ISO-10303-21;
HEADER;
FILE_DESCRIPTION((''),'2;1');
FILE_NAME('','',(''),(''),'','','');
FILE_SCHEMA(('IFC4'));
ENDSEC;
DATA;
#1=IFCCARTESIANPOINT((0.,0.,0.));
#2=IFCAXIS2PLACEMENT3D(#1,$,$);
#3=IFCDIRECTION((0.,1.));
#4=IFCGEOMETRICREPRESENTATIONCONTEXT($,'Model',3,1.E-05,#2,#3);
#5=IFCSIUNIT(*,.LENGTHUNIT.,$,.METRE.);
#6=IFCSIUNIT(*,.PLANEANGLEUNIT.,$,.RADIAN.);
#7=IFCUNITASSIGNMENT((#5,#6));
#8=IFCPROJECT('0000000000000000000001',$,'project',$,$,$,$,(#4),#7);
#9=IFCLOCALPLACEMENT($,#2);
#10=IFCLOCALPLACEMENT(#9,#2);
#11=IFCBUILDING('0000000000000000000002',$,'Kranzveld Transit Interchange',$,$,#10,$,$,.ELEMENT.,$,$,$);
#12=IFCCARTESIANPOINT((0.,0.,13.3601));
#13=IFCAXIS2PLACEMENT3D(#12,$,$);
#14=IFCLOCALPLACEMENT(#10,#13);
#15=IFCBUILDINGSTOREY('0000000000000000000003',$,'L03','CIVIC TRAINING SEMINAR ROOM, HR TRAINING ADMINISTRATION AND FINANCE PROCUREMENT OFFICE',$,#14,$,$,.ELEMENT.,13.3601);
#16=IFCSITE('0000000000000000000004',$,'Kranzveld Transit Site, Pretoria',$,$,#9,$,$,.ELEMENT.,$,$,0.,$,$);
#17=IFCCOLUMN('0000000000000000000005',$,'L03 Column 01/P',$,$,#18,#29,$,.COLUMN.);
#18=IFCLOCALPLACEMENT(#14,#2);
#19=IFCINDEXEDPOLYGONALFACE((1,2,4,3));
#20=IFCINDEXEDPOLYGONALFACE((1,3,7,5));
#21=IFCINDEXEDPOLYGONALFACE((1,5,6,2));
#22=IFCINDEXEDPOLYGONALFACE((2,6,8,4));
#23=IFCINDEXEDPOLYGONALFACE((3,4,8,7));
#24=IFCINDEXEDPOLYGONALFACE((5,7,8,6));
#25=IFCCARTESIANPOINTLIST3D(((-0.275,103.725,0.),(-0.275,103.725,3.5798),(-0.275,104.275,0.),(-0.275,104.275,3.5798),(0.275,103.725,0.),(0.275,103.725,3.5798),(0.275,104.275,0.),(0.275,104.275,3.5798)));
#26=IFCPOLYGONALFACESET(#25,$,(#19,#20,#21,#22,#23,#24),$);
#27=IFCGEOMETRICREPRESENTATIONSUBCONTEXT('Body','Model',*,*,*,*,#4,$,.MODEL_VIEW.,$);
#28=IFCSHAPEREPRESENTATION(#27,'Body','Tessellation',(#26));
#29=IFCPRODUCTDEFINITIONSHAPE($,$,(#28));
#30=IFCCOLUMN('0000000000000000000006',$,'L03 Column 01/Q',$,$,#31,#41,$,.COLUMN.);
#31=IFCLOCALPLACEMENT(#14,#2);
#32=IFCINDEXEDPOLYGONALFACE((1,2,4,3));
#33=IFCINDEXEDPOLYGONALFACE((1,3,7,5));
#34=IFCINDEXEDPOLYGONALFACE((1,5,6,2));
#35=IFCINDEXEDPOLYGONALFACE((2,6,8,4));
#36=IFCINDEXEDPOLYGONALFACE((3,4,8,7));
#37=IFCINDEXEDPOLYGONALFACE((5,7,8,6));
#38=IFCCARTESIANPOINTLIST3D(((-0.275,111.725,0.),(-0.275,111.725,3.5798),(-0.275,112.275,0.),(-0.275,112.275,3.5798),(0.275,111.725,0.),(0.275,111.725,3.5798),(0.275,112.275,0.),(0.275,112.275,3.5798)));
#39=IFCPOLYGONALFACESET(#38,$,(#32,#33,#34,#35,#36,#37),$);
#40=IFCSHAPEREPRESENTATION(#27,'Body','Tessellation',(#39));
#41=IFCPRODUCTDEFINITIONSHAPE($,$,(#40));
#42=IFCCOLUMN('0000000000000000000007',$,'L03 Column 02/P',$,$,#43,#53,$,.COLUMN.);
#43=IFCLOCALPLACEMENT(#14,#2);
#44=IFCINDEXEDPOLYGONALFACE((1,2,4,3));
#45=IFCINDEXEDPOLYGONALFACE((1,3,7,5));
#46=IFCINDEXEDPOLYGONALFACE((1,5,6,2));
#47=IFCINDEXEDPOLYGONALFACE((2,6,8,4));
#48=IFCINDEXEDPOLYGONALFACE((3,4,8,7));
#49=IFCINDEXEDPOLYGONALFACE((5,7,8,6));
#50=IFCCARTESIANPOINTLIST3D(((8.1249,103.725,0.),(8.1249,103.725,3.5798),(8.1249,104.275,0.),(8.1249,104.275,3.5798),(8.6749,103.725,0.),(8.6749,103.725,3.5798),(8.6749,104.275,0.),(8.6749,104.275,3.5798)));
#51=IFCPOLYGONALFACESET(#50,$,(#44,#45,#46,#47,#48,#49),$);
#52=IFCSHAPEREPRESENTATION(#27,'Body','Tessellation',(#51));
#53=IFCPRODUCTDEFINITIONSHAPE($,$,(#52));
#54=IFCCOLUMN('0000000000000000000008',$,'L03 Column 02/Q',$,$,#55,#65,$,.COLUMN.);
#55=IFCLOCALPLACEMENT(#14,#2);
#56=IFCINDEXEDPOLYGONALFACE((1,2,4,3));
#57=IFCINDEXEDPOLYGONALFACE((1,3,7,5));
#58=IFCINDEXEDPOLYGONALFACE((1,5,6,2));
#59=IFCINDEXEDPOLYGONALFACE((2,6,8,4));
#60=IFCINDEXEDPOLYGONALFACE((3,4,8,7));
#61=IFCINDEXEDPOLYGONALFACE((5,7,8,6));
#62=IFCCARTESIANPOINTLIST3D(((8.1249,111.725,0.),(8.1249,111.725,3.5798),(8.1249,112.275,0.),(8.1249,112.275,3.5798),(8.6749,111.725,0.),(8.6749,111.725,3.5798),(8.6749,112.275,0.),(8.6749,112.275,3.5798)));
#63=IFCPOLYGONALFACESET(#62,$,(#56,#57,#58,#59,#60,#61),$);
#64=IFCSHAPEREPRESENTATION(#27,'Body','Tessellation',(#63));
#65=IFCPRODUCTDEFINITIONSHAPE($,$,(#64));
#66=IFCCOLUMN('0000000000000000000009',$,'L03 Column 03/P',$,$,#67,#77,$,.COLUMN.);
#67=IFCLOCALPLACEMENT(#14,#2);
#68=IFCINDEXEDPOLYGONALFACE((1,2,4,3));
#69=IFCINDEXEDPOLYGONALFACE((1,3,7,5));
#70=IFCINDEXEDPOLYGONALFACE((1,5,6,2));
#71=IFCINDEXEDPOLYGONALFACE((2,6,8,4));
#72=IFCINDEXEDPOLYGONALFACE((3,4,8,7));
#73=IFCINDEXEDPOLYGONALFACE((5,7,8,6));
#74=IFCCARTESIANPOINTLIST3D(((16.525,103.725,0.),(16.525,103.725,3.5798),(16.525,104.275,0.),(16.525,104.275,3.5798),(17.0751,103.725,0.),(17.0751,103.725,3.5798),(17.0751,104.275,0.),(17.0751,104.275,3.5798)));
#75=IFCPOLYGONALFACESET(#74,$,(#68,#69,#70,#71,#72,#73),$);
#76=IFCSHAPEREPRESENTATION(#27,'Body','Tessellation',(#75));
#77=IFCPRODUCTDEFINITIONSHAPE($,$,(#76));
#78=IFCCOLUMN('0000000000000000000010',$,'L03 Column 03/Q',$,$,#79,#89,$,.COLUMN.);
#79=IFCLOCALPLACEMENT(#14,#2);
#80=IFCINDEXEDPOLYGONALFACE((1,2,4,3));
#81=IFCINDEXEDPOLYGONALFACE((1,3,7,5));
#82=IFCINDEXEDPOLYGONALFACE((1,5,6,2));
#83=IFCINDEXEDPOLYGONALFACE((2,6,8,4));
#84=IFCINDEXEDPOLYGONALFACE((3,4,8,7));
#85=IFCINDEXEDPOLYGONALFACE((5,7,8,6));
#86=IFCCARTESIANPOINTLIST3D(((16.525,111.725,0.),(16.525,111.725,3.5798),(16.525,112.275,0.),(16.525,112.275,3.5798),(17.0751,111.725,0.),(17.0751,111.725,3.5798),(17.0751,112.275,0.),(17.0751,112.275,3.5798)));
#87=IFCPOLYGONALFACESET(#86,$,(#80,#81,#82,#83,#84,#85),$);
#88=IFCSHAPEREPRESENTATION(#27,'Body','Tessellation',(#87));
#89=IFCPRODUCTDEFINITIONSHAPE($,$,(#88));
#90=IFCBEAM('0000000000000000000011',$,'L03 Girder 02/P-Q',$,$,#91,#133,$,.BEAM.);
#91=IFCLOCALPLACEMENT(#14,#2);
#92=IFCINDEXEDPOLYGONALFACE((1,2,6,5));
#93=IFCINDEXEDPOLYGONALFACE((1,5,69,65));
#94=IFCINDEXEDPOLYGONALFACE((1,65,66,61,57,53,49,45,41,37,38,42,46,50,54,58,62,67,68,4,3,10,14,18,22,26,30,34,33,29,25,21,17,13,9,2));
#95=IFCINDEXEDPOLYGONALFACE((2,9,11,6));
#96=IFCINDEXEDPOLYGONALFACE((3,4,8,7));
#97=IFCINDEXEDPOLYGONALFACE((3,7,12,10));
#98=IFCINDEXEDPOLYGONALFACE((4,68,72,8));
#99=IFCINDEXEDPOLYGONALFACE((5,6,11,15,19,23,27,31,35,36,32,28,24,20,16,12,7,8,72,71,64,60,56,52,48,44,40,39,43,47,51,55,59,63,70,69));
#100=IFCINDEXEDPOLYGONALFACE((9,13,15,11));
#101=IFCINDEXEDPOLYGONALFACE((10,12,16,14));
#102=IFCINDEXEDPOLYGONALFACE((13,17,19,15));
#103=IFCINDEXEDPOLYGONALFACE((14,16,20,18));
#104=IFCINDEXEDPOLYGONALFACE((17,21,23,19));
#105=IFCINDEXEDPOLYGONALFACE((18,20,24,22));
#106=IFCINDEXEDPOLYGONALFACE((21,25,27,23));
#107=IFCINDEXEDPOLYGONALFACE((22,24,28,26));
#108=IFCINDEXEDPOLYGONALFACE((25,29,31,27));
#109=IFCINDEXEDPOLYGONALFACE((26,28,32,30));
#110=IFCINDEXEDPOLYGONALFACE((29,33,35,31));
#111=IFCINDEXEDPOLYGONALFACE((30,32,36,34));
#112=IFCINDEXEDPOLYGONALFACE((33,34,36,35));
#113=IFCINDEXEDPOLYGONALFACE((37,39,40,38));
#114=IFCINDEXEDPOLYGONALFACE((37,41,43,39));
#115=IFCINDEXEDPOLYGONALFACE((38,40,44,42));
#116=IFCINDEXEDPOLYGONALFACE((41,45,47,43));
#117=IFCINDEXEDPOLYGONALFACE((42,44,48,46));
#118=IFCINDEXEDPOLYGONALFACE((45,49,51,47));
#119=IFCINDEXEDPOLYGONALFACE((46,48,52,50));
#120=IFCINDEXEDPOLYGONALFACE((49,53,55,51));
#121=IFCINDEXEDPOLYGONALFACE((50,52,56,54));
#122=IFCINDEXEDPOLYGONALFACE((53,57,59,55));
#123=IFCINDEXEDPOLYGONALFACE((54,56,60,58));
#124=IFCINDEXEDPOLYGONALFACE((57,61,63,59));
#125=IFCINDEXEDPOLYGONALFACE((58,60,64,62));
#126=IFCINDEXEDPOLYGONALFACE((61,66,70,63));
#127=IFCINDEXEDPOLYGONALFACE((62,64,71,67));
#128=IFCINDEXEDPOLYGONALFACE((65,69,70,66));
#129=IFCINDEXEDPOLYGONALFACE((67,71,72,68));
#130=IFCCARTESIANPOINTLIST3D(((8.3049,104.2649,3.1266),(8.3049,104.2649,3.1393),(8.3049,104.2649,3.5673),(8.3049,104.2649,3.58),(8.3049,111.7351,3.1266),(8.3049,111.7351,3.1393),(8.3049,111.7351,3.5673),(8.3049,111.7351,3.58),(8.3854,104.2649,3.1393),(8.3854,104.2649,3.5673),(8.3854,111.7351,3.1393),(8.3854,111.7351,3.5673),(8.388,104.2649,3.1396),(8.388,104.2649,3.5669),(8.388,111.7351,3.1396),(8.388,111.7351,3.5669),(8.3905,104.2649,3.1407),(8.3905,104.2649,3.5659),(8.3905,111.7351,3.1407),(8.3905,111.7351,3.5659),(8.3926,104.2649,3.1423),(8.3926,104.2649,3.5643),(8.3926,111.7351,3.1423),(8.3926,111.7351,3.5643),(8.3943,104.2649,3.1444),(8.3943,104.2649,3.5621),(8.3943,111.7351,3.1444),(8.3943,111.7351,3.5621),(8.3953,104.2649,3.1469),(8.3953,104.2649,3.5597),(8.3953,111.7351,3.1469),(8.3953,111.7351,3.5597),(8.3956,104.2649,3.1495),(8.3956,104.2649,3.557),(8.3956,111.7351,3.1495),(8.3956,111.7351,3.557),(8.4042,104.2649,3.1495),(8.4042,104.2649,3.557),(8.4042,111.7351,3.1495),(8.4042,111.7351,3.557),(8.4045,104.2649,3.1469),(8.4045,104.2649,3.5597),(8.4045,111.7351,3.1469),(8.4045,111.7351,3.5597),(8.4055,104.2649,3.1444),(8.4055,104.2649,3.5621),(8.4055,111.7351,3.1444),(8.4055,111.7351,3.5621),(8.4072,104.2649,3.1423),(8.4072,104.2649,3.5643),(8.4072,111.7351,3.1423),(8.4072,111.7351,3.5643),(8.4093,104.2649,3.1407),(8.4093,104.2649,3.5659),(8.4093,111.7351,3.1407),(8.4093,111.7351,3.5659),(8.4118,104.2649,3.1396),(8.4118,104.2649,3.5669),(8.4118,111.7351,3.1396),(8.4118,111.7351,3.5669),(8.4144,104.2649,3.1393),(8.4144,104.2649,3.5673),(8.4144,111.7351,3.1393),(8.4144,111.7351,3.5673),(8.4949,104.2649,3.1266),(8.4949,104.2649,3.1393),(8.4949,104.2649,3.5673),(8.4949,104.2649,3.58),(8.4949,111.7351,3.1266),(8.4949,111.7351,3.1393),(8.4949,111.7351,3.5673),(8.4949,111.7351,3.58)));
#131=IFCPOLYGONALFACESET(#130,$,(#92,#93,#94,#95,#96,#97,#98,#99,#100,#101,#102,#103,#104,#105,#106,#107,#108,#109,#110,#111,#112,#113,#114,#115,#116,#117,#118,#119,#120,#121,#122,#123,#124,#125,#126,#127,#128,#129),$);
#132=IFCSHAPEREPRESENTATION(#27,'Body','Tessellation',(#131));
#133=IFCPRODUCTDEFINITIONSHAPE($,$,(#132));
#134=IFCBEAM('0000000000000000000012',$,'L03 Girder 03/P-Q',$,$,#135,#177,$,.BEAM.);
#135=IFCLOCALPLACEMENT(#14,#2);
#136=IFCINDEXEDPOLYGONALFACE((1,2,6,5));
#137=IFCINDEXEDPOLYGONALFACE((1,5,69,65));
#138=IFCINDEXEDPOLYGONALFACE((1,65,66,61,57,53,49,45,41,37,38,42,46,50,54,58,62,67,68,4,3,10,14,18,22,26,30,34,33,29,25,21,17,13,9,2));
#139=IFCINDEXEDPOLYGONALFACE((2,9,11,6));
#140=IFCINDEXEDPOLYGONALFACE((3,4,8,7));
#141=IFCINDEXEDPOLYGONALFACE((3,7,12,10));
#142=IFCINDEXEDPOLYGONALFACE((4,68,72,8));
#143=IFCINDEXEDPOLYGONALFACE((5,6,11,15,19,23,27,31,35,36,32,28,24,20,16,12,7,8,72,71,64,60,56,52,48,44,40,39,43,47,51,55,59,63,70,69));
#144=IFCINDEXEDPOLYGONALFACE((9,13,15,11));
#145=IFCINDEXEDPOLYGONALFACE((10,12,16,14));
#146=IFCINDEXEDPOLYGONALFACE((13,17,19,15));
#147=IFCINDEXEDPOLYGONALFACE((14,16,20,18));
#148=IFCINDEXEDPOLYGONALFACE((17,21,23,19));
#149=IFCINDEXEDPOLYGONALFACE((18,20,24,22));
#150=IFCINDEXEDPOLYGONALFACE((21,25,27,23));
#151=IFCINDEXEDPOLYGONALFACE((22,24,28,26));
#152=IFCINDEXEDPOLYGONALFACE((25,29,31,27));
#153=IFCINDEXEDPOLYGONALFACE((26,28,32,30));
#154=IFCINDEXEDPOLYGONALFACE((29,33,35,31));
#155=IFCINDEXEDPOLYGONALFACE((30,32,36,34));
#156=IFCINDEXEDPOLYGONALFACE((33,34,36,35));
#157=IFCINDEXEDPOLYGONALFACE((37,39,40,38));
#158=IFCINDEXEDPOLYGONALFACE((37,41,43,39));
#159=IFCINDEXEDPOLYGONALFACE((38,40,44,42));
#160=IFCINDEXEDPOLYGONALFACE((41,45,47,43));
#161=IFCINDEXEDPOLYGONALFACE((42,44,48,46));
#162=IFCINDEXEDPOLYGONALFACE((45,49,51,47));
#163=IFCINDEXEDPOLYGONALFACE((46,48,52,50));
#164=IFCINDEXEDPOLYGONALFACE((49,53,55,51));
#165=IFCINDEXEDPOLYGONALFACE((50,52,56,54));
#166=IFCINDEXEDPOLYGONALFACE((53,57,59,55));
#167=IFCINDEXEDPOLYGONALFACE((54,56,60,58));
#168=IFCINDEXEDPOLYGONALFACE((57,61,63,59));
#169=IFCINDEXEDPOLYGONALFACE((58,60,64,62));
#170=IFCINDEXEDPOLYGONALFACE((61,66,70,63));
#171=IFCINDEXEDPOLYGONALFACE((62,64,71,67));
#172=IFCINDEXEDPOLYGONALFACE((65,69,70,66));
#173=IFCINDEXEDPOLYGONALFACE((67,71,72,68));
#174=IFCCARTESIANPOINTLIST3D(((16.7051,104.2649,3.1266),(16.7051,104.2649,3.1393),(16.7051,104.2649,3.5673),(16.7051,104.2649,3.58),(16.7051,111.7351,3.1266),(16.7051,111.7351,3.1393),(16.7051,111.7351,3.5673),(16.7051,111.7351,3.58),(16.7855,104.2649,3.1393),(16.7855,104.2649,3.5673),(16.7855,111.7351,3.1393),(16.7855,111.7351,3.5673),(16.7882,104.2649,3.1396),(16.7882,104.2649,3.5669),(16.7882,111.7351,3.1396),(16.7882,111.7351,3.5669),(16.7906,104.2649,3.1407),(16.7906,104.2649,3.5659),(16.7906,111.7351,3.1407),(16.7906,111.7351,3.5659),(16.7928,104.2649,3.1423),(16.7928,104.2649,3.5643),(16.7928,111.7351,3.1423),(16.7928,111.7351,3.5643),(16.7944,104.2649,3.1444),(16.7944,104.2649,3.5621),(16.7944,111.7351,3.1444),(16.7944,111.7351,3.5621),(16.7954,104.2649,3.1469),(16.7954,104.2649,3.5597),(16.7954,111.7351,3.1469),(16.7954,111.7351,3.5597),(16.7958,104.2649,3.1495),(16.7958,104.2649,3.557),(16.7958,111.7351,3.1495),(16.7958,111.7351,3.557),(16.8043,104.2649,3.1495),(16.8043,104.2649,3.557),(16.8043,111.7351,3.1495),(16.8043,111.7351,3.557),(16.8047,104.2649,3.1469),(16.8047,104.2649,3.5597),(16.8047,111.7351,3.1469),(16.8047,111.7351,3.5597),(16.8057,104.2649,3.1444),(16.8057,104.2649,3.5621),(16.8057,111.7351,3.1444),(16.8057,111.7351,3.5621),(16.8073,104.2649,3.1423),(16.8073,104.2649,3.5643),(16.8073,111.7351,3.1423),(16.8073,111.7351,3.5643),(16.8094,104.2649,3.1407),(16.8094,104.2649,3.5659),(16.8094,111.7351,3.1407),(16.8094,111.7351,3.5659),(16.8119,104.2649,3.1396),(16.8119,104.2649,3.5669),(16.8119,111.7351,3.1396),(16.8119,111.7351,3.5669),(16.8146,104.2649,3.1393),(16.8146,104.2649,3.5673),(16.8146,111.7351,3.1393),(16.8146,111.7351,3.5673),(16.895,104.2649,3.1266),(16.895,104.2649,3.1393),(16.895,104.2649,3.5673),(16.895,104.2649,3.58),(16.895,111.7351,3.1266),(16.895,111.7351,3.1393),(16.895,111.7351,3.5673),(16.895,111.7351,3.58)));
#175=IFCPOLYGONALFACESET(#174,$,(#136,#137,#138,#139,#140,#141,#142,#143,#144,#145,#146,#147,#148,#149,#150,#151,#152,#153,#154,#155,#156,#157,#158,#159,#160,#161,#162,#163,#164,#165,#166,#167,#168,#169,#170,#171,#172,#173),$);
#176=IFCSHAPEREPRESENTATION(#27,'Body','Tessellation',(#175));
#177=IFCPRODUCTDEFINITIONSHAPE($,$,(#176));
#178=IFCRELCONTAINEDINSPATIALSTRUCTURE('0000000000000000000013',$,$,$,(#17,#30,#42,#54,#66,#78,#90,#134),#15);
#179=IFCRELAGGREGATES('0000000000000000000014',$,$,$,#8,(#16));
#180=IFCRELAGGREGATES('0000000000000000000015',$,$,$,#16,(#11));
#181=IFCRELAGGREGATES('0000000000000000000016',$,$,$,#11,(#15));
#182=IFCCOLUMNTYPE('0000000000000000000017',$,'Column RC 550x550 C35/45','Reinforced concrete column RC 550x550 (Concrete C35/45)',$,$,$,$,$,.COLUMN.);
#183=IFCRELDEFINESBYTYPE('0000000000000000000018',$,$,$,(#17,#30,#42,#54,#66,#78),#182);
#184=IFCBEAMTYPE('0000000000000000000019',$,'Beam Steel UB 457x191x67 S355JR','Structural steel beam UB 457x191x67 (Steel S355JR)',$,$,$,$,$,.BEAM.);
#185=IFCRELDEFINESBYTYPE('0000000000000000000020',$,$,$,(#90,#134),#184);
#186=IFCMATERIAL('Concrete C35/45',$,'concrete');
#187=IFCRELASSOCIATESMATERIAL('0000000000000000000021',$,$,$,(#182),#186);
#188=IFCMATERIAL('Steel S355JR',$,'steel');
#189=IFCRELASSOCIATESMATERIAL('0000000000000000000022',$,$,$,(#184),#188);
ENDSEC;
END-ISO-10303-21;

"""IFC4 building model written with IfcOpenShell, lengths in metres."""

from ifc_helpers import new_model, si_unit, direction, frame, origin, origin_2d, place, context, subcontext, project, spatial, rectangle, i_section, extrude, material, material_profile, profile_set, type_object, element, save


model = new_model("IFC4")

# Units and contexts
model_context = context("Model", 3, precision=1e-05, world=origin(), true_north=direction((0.0, 1.0)))
body_context = subcontext(model_context, "Body", "Model", "MODEL_VIEW")
ifc_project = project(units=[si_unit("LENGTHUNIT", "METRE"), si_unit("PLANEANGLEUNIT", "RADIAN")], contexts=[model_context])

# Site, building, storey
site_placement = place(None, origin())
site = spatial("IfcSite", under=ifc_project, at=site_placement, Name="Kranzveld Transit Site, Pretoria", CompositionType="ELEMENT", RefElevation=0.0)
building_placement = place(site_placement, origin())
building = spatial("IfcBuilding", under=site, at=building_placement, Name="Kranzveld Transit Interchange", CompositionType="ELEMENT")
storey_placement = place(building_placement, frame((0.0, 0.0, 13.3601)))
storey = spatial("IfcBuildingStorey", under=building, at=storey_placement, Name="L03", Description="CIVIC TRAINING SEMINAR ROOM, HR TRAINING ADMINISTRATION AND FINANCE PROCUREMENT OFFICE", CompositionType="ELEMENT", Elevation=13.3601)

# Columns
ifc_material_1 = material(Name="Concrete C35/45", Category="concrete")
ifc_material_profile_1 = material_profile(ifc_material_1, rectangle(XDim=0.55, YDim=0.55, at=origin_2d()), Name="RC 550x550")
ifc_profile_set_1 = profile_set([ifc_material_profile_1], Name="Concrete C35/45")
column_type = type_object("IfcColumnType", Name="Column RC 550x550 C35/45", Description="Reinforced concrete column RC 550x550 (Concrete C35/45)", PredefinedType="COLUMN", material=ifc_profile_set_1)
for number, where, z_axis, x_axis, name in (
    (1, (0.0, 104.0, 0.0), (0.0, 0.0, 1.0), (1.0, 0.0, 0.0), "L03 Column 01/P"),
    (2, (0.0, 112.0, 0.0), (0.0, 0.0, 1.0), (1.0, 0.0, 0.0), "L03 Column 01/Q"),
    (3, (8.3999, 104.0, 0.0), (0.0, 0.0, 1.0), (1.0, 0.0, 0.0), "L03 Column 02/P"),
    (4, (8.3999, 112.0, 0.0), (0.0, 0.0, 1.0), (1.0, 0.0, 0.0), "L03 Column 02/Q"),
    (5, (16.8, 104.0, 0.0), (0.0, 0.0, 1.0), (1.0, 0.0, 0.0), "L03 Column 03/P"),
    (6, (16.8, 112.0, 0.0), (0.0, 0.0, 1.0), (1.0, 0.0, 0.0), "L03 Column 03/Q"),
):
    element("IfcColumn", number, at=place(storey_placement, frame(where, z_axis=z_axis, x_axis=x_axis)), inside=storey, type_object=column_type, Name=name, PredefinedType="COLUMN", context=body_context, shape_type="SweptSolid", body=[
        extrude(rectangle(XDim=0.55, YDim=0.55, at=origin_2d()), origin(), (0.0, 0.0, 1.0), 3.5798),
    ])

# Beams
ifc_material_2 = material(Name="Steel S355JR", Category="steel")
ifc_material_profile_2 = material_profile(ifc_material_2, i_section(OverallWidth=0.1899, OverallDepth=0.4534, WebThickness=0.0085, FlangeThickness=0.0127, FilletRadius=0.0103, at=origin_2d()), Name="UB 457x191x67")
ifc_profile_set_2 = profile_set([ifc_material_profile_2], Name="Steel S355JR")
beam_type_1 = type_object("IfcBeamType", Name="Beam Steel UB 457x191x67 S355JR", Description="Structural steel beam UB 457x191x67 (Steel S355JR)", PredefinedType="BEAM", material=ifc_profile_set_2)
for number, where, z_axis, x_axis, name in (
    (7, (8.3999, 104.2649, 3.3533), (0.0, 1.0, 0.0), (-1.0, 0.0, 0.0), "L03 Girder 02/P-Q"),
    (8, (16.8, 104.2649, 3.3533), (0.0, 1.0, 0.0), (-1.0, 0.0, 0.0), "L03 Girder 03/P-Q"),
):
    element("IfcBeam", number, at=place(storey_placement, frame(where, z_axis=z_axis, x_axis=x_axis)), inside=storey, type_object=beam_type_1, Name=name, PredefinedType="BEAM", context=body_context, shape_type="SweptSolid", body=[
        extrude(i_section(OverallWidth=0.1899, OverallDepth=0.4534, WebThickness=0.0085, FlangeThickness=0.0127, FilletRadius=0.0103, at=origin_2d()), origin(), (0.0, 0.0, 1.0), 7.4702),
    ])

save(model, "model.ifc")
